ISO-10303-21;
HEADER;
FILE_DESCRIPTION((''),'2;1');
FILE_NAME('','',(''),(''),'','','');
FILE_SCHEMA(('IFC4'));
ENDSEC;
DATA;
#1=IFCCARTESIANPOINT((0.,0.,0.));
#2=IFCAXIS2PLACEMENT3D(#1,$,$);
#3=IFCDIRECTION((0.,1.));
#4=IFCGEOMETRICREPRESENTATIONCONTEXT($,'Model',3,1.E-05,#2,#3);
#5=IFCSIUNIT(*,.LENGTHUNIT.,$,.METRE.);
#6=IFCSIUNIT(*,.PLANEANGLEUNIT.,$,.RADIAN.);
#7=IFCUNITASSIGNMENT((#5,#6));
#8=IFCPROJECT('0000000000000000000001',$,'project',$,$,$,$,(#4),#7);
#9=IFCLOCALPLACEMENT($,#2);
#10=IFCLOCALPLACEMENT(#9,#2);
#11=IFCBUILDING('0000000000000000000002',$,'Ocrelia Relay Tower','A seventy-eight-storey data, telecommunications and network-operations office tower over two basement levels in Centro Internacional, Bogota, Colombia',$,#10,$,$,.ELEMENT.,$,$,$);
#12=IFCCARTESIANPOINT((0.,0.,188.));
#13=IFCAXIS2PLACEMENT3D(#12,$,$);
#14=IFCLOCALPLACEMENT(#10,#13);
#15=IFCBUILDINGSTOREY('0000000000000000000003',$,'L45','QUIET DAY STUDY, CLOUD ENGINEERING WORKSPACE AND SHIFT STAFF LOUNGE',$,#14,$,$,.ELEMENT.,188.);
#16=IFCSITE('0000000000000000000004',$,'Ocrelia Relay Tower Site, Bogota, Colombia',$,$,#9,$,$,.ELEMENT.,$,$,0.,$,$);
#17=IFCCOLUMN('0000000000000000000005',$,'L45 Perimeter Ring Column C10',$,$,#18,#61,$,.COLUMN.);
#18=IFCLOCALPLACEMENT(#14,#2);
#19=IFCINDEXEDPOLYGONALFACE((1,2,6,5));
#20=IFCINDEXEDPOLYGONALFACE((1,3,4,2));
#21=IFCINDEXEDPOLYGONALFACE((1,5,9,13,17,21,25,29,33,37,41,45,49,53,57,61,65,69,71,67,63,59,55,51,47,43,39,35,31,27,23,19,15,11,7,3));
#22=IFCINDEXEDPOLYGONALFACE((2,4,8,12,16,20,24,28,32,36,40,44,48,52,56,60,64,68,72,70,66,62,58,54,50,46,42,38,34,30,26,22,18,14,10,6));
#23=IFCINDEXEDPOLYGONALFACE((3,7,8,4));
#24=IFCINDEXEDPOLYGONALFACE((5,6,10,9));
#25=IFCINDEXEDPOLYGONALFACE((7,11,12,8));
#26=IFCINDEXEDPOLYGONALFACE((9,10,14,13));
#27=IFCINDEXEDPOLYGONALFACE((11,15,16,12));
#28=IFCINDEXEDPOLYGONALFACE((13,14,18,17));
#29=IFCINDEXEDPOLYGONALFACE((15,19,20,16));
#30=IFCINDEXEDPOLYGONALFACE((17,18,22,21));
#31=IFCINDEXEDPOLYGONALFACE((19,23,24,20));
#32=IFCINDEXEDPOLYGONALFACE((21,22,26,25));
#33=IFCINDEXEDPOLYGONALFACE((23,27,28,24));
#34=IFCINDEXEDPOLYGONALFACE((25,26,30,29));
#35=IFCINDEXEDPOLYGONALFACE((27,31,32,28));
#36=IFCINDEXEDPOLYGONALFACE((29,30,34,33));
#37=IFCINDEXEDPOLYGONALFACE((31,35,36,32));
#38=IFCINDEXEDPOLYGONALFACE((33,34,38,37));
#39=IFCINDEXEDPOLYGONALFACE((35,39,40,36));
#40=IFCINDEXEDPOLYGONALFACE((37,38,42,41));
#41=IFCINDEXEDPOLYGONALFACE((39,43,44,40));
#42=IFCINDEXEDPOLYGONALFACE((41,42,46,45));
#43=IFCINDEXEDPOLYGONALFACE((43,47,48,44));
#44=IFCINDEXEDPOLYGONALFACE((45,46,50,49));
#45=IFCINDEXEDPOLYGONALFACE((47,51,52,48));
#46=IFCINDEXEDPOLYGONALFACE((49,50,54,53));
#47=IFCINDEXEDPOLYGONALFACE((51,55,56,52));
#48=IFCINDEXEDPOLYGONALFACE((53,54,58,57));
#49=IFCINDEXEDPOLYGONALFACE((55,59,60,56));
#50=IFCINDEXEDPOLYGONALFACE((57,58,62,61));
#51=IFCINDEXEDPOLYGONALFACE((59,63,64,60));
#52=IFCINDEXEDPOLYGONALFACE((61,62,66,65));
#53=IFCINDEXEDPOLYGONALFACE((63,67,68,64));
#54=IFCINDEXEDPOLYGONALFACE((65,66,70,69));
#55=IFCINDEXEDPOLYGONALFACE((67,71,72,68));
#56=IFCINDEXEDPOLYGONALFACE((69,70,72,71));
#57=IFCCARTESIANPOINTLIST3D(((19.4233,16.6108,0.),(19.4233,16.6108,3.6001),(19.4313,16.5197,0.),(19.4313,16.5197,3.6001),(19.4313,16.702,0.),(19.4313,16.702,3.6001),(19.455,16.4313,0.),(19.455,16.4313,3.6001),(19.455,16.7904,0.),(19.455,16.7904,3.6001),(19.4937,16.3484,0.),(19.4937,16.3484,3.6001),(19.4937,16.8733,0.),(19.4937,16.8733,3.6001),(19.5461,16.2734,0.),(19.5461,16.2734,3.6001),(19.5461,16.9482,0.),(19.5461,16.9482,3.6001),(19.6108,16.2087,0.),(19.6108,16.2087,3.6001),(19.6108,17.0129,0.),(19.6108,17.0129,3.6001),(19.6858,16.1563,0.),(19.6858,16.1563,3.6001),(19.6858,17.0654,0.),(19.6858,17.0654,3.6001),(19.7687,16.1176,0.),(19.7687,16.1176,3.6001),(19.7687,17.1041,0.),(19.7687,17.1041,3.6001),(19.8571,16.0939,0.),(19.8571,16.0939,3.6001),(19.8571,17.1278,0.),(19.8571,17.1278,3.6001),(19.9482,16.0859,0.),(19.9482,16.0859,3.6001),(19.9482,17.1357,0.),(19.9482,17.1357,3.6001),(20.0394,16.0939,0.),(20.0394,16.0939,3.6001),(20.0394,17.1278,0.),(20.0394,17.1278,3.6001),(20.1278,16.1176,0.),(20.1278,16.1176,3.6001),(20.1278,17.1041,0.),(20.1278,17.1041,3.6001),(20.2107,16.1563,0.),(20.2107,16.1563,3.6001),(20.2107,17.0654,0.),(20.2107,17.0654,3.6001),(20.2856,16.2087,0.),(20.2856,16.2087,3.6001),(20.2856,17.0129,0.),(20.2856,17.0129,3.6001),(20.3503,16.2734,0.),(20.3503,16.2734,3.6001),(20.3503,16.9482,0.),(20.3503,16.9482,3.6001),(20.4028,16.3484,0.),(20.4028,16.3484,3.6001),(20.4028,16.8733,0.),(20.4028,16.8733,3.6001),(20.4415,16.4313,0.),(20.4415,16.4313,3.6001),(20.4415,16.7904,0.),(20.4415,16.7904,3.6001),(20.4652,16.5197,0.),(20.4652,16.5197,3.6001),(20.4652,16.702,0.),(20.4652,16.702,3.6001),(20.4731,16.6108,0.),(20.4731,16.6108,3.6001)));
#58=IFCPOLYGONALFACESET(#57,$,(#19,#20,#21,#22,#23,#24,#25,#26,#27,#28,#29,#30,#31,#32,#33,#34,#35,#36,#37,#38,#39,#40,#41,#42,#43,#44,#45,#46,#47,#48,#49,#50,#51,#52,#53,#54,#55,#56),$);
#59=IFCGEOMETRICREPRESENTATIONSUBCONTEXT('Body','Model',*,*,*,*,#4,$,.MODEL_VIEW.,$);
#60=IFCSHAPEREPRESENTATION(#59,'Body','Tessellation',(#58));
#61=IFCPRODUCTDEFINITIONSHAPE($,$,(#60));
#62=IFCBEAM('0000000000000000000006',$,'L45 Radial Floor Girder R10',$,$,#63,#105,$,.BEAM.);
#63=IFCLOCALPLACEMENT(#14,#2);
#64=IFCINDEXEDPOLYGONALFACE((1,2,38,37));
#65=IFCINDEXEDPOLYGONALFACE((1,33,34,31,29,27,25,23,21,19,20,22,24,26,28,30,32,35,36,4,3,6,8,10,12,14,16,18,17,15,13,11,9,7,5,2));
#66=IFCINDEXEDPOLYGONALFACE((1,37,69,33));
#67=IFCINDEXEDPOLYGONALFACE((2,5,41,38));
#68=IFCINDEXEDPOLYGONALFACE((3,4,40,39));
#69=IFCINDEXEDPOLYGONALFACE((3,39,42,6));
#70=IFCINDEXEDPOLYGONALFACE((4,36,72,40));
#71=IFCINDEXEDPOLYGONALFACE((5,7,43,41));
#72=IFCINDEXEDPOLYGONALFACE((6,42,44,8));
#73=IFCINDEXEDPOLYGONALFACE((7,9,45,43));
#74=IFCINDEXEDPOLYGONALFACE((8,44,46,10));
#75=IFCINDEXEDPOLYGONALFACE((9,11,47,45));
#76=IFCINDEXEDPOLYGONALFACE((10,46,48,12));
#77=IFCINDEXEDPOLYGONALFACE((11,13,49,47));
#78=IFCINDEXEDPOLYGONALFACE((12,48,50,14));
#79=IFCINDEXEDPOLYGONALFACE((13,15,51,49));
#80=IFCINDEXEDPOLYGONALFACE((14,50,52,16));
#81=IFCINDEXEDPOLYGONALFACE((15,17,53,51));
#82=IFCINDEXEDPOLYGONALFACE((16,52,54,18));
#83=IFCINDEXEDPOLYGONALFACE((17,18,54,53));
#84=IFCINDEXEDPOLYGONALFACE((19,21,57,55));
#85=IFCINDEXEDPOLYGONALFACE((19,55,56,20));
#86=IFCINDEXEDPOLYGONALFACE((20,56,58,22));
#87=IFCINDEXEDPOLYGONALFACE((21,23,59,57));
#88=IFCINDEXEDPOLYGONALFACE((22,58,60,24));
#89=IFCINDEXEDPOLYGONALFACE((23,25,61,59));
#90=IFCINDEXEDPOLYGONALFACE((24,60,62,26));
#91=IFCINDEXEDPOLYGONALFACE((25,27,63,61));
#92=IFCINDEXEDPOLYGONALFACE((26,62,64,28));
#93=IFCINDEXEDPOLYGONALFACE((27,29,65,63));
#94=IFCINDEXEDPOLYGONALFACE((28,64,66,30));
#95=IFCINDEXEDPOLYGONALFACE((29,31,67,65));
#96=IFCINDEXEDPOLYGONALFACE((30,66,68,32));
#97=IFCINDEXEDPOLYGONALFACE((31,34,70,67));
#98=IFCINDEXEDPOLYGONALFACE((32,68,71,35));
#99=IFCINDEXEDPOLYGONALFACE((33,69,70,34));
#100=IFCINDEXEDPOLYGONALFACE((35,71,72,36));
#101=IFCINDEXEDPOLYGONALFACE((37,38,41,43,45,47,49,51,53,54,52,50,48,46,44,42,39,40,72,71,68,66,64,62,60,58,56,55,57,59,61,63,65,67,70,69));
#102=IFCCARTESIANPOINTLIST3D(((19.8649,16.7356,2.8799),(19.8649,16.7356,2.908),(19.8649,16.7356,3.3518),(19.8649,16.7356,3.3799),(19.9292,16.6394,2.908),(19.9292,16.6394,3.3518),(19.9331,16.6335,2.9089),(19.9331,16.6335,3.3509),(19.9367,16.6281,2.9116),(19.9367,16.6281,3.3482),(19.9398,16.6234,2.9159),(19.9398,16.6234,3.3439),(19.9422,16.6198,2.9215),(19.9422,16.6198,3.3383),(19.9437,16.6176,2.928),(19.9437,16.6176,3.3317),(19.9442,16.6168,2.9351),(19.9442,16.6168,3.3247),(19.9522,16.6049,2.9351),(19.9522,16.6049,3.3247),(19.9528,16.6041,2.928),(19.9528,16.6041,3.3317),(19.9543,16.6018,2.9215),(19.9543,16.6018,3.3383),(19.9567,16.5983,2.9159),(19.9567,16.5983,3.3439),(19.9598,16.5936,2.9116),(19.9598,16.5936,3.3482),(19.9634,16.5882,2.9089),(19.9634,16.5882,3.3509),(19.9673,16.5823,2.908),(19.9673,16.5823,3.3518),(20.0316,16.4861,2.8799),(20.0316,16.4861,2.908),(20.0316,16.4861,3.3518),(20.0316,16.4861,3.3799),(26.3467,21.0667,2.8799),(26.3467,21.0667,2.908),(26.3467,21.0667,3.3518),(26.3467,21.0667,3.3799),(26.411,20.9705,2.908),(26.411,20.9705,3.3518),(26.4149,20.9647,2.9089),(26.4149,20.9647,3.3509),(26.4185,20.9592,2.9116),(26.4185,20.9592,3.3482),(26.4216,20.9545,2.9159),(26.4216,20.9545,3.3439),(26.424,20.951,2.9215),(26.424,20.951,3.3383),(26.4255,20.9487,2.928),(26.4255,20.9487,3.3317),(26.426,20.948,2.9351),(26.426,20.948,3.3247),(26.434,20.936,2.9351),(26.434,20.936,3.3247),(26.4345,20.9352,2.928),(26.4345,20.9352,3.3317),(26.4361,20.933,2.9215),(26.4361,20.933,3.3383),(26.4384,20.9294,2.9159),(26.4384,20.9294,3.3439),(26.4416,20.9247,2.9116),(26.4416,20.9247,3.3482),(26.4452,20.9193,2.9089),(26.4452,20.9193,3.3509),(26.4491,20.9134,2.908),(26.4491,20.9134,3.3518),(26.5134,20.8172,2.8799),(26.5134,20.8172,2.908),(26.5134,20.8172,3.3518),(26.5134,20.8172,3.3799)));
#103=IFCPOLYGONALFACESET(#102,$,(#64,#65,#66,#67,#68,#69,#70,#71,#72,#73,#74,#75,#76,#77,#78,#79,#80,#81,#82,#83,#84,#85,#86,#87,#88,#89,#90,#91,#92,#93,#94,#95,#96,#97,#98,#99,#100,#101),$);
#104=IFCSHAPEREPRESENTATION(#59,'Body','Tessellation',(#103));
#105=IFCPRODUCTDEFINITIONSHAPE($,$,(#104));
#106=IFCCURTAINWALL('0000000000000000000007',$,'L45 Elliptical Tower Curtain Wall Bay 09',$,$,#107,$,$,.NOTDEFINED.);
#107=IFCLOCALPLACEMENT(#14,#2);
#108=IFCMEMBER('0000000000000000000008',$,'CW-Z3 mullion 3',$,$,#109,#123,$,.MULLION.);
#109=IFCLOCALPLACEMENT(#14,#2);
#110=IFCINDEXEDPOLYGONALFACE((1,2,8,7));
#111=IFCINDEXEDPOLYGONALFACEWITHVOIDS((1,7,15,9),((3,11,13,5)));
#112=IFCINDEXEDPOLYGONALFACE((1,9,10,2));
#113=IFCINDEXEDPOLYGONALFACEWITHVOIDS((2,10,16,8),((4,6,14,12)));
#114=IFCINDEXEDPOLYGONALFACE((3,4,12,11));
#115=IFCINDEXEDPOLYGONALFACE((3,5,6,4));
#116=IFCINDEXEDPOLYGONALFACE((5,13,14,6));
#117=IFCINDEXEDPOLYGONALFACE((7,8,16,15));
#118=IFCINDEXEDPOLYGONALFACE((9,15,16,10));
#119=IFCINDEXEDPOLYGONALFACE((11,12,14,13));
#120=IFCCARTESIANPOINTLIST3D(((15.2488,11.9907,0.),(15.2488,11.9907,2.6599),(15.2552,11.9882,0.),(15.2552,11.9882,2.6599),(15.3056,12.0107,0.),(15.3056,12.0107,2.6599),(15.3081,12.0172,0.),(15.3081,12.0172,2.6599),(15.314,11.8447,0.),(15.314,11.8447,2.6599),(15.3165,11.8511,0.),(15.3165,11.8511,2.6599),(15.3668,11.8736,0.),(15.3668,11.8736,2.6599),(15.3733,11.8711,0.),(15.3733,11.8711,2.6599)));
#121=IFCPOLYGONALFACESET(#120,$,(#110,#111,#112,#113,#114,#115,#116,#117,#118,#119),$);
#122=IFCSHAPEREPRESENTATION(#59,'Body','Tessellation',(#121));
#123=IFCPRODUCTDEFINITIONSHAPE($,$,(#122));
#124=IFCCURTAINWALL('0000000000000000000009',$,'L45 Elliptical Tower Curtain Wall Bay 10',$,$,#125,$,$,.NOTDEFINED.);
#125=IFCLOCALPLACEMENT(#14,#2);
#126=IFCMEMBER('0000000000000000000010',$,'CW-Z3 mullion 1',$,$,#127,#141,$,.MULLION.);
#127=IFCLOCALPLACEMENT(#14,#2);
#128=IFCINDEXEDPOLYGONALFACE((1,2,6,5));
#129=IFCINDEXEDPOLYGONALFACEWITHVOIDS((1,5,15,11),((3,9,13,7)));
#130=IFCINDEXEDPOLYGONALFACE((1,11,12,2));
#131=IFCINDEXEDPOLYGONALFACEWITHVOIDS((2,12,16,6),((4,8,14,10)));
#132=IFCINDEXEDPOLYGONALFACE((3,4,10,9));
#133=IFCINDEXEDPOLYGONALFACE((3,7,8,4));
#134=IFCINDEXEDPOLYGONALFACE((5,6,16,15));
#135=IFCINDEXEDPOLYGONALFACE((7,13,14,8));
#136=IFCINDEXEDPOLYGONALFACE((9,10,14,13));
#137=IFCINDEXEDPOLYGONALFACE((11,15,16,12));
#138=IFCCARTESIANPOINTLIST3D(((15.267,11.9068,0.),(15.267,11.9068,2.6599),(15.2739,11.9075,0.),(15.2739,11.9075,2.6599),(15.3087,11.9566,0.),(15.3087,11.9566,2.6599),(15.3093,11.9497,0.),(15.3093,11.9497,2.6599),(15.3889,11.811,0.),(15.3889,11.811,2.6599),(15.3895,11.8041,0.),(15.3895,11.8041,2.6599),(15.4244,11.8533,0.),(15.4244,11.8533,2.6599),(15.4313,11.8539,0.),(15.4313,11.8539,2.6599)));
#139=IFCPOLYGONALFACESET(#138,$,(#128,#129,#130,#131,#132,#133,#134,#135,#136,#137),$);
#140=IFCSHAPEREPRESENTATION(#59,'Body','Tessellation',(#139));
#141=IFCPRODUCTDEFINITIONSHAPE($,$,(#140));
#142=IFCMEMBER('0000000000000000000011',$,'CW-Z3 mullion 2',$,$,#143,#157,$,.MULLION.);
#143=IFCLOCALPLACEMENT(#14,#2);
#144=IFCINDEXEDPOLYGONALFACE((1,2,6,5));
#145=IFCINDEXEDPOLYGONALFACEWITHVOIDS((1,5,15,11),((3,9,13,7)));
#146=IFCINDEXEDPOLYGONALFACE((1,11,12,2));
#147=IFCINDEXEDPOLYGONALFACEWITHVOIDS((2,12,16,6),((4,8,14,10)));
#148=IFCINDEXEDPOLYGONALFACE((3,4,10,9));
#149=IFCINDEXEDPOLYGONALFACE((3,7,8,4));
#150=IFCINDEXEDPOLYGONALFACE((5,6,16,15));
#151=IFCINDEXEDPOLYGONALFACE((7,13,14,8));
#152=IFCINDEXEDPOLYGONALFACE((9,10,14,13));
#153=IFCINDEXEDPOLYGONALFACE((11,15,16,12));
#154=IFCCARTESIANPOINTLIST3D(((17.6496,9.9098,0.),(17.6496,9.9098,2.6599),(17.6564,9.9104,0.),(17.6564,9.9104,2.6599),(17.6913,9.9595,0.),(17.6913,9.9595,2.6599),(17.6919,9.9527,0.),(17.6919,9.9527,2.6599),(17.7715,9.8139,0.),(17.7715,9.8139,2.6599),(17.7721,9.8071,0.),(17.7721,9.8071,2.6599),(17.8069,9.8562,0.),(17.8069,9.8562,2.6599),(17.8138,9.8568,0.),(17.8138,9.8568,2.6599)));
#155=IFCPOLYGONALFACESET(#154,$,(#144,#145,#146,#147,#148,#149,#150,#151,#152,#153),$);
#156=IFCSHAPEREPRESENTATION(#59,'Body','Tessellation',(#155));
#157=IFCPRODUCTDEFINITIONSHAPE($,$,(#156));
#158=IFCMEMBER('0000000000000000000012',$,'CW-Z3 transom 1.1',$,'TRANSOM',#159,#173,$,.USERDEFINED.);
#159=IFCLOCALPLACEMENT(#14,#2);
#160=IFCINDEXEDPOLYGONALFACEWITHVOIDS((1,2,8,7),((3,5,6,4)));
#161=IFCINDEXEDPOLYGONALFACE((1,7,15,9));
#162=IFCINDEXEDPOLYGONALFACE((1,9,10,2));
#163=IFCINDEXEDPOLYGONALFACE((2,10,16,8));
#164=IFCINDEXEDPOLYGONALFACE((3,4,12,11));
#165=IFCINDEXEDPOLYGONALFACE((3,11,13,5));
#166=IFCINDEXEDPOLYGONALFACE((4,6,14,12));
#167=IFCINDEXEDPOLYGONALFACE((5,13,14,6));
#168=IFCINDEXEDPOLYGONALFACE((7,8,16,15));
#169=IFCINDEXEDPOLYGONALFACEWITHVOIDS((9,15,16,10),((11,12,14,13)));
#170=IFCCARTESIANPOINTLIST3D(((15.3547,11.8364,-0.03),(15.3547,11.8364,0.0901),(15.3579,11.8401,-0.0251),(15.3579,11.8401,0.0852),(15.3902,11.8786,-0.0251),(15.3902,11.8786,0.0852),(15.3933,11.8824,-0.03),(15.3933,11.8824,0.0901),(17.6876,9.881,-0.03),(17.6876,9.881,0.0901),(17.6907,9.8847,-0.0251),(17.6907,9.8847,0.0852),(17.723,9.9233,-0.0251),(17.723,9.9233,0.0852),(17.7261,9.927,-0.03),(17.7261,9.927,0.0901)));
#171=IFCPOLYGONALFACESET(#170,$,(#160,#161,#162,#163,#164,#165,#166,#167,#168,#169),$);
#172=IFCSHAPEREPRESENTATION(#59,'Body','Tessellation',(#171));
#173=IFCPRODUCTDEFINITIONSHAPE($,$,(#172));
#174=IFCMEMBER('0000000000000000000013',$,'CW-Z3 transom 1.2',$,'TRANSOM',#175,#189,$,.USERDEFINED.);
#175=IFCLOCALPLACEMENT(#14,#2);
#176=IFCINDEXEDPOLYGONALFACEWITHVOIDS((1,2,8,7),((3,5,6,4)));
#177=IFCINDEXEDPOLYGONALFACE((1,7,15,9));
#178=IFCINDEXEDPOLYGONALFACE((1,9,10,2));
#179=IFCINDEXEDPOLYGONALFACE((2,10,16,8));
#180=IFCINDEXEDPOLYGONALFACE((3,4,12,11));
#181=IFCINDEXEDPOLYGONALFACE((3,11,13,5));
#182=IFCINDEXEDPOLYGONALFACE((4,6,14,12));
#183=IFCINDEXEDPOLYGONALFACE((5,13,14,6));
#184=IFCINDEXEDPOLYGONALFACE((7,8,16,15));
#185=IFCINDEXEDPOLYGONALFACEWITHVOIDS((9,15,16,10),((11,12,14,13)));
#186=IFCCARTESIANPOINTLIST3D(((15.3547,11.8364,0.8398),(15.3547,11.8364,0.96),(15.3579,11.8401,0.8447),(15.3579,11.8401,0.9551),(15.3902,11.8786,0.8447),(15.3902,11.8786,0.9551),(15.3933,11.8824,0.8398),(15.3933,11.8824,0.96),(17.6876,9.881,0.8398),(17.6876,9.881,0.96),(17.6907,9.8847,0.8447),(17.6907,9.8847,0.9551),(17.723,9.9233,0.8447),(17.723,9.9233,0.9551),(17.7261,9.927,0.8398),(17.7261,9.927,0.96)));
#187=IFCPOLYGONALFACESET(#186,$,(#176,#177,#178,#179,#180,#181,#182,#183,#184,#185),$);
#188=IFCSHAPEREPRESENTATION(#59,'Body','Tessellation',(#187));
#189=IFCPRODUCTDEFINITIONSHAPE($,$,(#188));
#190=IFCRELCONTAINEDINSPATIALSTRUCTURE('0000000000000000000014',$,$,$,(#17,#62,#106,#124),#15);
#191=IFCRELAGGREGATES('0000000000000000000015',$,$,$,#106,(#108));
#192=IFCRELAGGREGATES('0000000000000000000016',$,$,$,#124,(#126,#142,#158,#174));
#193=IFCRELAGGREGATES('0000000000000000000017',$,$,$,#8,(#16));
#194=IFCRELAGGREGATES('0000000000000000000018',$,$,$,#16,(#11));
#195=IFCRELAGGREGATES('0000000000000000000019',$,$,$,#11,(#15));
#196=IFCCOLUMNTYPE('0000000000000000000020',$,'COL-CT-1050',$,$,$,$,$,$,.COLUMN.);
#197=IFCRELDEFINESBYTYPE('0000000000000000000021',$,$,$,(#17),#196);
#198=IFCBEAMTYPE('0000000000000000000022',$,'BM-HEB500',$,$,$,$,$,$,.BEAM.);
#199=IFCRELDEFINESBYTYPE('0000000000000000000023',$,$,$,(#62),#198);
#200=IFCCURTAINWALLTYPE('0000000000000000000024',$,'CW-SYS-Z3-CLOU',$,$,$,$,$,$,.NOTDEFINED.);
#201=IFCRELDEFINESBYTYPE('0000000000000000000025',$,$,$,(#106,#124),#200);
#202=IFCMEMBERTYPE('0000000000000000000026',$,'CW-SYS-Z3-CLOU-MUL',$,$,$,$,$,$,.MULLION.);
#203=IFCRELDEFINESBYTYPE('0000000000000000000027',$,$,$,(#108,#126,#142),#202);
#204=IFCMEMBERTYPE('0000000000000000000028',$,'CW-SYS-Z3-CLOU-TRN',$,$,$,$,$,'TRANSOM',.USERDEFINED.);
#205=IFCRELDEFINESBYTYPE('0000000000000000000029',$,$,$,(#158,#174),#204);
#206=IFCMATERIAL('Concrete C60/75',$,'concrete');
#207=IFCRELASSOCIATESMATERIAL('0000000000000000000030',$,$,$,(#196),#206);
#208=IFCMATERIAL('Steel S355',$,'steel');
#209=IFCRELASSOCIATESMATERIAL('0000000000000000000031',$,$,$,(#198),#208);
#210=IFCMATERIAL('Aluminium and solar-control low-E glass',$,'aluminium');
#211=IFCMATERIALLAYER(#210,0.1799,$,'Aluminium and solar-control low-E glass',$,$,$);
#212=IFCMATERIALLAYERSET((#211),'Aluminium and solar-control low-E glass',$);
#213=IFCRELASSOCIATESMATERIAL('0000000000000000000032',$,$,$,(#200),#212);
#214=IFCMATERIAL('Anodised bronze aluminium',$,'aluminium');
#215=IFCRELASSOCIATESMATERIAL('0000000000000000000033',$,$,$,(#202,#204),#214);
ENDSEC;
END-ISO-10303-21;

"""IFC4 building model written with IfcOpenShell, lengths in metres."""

from ifc_helpers import new_model, si_unit, direction, frame, origin, origin_2d, place, context, subcontext, project, spatial, hollow_rectangle, circle, i_section, extrude, material, layer, layer_set, material_profile, profile_set, type_object, element, aggregate, save


model = new_model("IFC4")

# Units and contexts
model_context = context("Model", 3, precision=1e-05, world=origin(), true_north=direction((0.0, 1.0)))
body_context = subcontext(model_context, "Body", "Model", "MODEL_VIEW")
ifc_project = project(units=[si_unit("LENGTHUNIT", "METRE"), si_unit("PLANEANGLEUNIT", "RADIAN")], contexts=[model_context])

# Site, building, storey
site_placement = place(None, origin())
site = spatial("IfcSite", under=ifc_project, at=site_placement, Name="Ocrelia Relay Tower Site, Bogota, Colombia", CompositionType="ELEMENT", RefElevation=0.0)
building_placement = place(site_placement, origin())
building = spatial("IfcBuilding", under=site, at=building_placement, Name="Ocrelia Relay Tower", Description="A seventy-eight-storey data, telecommunications and network-operations office tower over two basement levels in Centro Internacional, Bogota, Colombia", CompositionType="ELEMENT")
storey_placement = place(building_placement, frame((0.0, 0.0, 188.0)))
storey = spatial("IfcBuildingStorey", under=building, at=storey_placement, Name="L45", Description="QUIET DAY STUDY, CLOUD ENGINEERING WORKSPACE AND SHIFT STAFF LOUNGE", CompositionType="ELEMENT", Elevation=188.0)

# Column
ifc_material_1 = material(Name="Concrete C60/75", Category="concrete")
ifc_material_profile_1 = material_profile(ifc_material_1, circle(Radius=0.5249, at=origin_2d()), Name="RC-CIR-1050")
ifc_profile_set_1 = profile_set([ifc_material_profile_1], Name="Concrete C60/75")
column_type = type_object("IfcColumnType", Name="COL-CT-1050", PredefinedType="COLUMN", material=ifc_profile_set_1)
column_placement = place(storey_placement, frame((19.9482, 16.6108, 0.0), z_axis=(0.0, 0.0, 1.0), x_axis=(1.0, 0.0, 0.0)))
element("IfcColumn", 1, at=column_placement, inside=storey, type_object=column_type, Name="L45 Perimeter Ring Column C10", PredefinedType="COLUMN", context=body_context, shape_type="SweptSolid", body=[
    extrude(circle(Radius=0.5249, at=origin_2d()), origin(), (0.0, 0.0, 1.0), 3.6001),
])

# Beam
ifc_material_2 = material(Name="Steel S355", Category="steel")
ifc_material_profile_2 = material_profile(ifc_material_2, i_section(OverallWidth=0.3, OverallDepth=0.5, WebThickness=0.0144, FlangeThickness=0.0281, FilletRadius=0.0271, at=origin_2d()), Name="HEB 500")
ifc_profile_set_2 = profile_set([ifc_material_profile_2], Name="Steel S355")
beam_type = type_object("IfcBeamType", Name="BM-HEB500", PredefinedType="BEAM", material=ifc_profile_set_2)
beam_placement = place(storey_placement, frame((19.9482, 16.6108, 3.1299), z_axis=(0.831462, 0.555582, 0.0), x_axis=(-0.555582, 0.831462, 0.0)))
element("IfcBeam", 2, at=beam_placement, inside=storey, type_object=beam_type, Name="L45 Radial Floor Girder R10", PredefinedType="BEAM", context=body_context, shape_type="SweptSolid", body=[
    extrude(i_section(OverallWidth=0.3, OverallDepth=0.5, WebThickness=0.0144, FlangeThickness=0.0281, FilletRadius=0.0271, at=origin_2d()), origin(), (0.0, 0.0, 1.0), 7.7957),
])

# Curtain wall, member
ifc_material_3 = material(Name="Aluminium and solar-control low-E glass", Category="aluminium")
ifc_layer_1 = layer(ifc_material_3, 0.1799, Name="Aluminium and solar-control low-E glass")
ifc_layer_set_1 = layer_set([ifc_layer_1], Name="Aluminium and solar-control low-E glass")
curtain_wall_type = type_object("IfcCurtainWallType", Name="CW-SYS-Z3-CLOU", PredefinedType="NOTDEFINED", material=ifc_layer_set_1)
curtain_wall_1_placement = place(storey_placement, origin())
curtain_wall_1 = element("IfcCurtainWall", 3, at=curtain_wall_1_placement, inside=storey, type_object=curtain_wall_type, Name="L45 Elliptical Tower Curtain Wall Bay 09", PredefinedType="NOTDEFINED")
ifc_material_4 = material(Name="Anodised bronze aluminium", Category="aluminium")
ifc_material_profile_3 = material_profile(ifc_material_4, hollow_rectangle(XDim=0.0649, YDim=0.1599, WallThickness=0.0049, at=origin_2d()), Name="CW-MUL-160x65")
ifc_profile_set_3 = profile_set([ifc_material_profile_3], Name="Anodised bronze aluminium")
member_type_1 = type_object("IfcMemberType", Name="CW-SYS-Z3-CLOU-MUL", PredefinedType="MULLION", material=ifc_profile_set_3)
member_1_placement = place(storey_placement, frame((15.311, 11.9309, 0.0), z_axis=(0.0, 0.0, 1.0), x_axis=(0.913049, 0.407851, 0.0)))
member_1 = element("IfcMember", 4, at=member_1_placement, type_object=member_type_1, Name="CW-Z3 mullion 3", PredefinedType="MULLION", context=body_context, shape_type="SweptSolid", body=[
    extrude(hollow_rectangle(XDim=0.0649, YDim=0.1599, WallThickness=0.0049, at=origin_2d()), origin(), (0.0, 0.0, 1.0), 2.6599),
])

# Curtain wall, members
curtain_wall_2_placement = place(storey_placement, origin())
curtain_wall_2 = element("IfcCurtainWall", 5, at=curtain_wall_2_placement, inside=storey, type_object=curtain_wall_type, Name="L45 Elliptical Tower Curtain Wall Bay 10", PredefinedType="NOTDEFINED")
member_2_placement = place(storey_placement, frame((15.3491, 11.8804, 0.0), z_axis=(0.0, 0.0, 1.0), x_axis=(0.64238, 0.766386, 0.0)))
member_2 = element("IfcMember", 6, at=member_2_placement, type_object=member_type_1, Name="CW-Z3 mullion 1", PredefinedType="MULLION", context=body_context, shape_type="SweptSolid", body=[
    extrude(hollow_rectangle(XDim=0.0649, YDim=0.1599, WallThickness=0.0049, at=origin_2d()), origin(), (0.0, 0.0, 1.0), 2.6599),
])
member_3_placement = place(storey_placement, frame((17.7317, 9.8833, 0.0), z_axis=(0.0, 0.0, 1.0), x_axis=(0.64238, 0.766386, 0.0)))
member_3 = element("IfcMember", 7, at=member_3_placement, type_object=member_type_1, Name="CW-Z3 mullion 2", PredefinedType="MULLION", context=body_context, shape_type="SweptSolid", body=[
    extrude(hollow_rectangle(XDim=0.0649, YDim=0.1599, WallThickness=0.0049, at=origin_2d()), origin(), (0.0, 0.0, 1.0), 2.6599),
])
ifc_material_profile_4 = material_profile(ifc_material_4, hollow_rectangle(XDim=0.0601, YDim=0.1201, WallThickness=0.0049, at=origin_2d()), Name="CW-TRN-120x60")
ifc_profile_set_4 = profile_set([ifc_material_profile_4], Name="Anodised bronze aluminium")
member_type_2 = type_object("IfcMemberType", Name="CW-SYS-Z3-CLOU-TRN", ElementType="TRANSOM", PredefinedType="USERDEFINED", material=ifc_profile_set_4)
member_4_placement = place(storey_placement, frame((15.374, 11.8594, 0.03), z_axis=(0.766384, -0.642383, 0.0), x_axis=(0.642383, 0.766384, 0.0)))
member_4 = element("IfcMember", 8, at=member_4_placement, type_object=member_type_2, Name="CW-Z3 transom 1.1", ObjectType="TRANSOM", PredefinedType="USERDEFINED", context=body_context, shape_type="SweptSolid", body=[
    extrude(hollow_rectangle(XDim=0.0601, YDim=0.1201, WallThickness=0.0049, at=origin_2d()), origin(), (0.0, 0.0, 1.0), 3.0439),
])
member_5_placement = place(storey_placement, frame((15.374, 11.8594, 0.8999), z_axis=(0.766384, -0.642383, 0.0), x_axis=(0.642383, 0.766384, 0.0)))
member_5 = element("IfcMember", 9, at=member_5_placement, type_object=member_type_2, Name="CW-Z3 transom 1.2", ObjectType="TRANSOM", PredefinedType="USERDEFINED", context=body_context, shape_type="SweptSolid", body=[
    extrude(hollow_rectangle(XDim=0.0601, YDim=0.1201, WallThickness=0.0049, at=origin_2d()), origin(), (0.0, 0.0, 1.0), 3.0439),
])

aggregate(curtain_wall_1, [member_1])
aggregate(curtain_wall_2, [member_2, member_3, member_4, member_5])

save(model, "model.ifc")
